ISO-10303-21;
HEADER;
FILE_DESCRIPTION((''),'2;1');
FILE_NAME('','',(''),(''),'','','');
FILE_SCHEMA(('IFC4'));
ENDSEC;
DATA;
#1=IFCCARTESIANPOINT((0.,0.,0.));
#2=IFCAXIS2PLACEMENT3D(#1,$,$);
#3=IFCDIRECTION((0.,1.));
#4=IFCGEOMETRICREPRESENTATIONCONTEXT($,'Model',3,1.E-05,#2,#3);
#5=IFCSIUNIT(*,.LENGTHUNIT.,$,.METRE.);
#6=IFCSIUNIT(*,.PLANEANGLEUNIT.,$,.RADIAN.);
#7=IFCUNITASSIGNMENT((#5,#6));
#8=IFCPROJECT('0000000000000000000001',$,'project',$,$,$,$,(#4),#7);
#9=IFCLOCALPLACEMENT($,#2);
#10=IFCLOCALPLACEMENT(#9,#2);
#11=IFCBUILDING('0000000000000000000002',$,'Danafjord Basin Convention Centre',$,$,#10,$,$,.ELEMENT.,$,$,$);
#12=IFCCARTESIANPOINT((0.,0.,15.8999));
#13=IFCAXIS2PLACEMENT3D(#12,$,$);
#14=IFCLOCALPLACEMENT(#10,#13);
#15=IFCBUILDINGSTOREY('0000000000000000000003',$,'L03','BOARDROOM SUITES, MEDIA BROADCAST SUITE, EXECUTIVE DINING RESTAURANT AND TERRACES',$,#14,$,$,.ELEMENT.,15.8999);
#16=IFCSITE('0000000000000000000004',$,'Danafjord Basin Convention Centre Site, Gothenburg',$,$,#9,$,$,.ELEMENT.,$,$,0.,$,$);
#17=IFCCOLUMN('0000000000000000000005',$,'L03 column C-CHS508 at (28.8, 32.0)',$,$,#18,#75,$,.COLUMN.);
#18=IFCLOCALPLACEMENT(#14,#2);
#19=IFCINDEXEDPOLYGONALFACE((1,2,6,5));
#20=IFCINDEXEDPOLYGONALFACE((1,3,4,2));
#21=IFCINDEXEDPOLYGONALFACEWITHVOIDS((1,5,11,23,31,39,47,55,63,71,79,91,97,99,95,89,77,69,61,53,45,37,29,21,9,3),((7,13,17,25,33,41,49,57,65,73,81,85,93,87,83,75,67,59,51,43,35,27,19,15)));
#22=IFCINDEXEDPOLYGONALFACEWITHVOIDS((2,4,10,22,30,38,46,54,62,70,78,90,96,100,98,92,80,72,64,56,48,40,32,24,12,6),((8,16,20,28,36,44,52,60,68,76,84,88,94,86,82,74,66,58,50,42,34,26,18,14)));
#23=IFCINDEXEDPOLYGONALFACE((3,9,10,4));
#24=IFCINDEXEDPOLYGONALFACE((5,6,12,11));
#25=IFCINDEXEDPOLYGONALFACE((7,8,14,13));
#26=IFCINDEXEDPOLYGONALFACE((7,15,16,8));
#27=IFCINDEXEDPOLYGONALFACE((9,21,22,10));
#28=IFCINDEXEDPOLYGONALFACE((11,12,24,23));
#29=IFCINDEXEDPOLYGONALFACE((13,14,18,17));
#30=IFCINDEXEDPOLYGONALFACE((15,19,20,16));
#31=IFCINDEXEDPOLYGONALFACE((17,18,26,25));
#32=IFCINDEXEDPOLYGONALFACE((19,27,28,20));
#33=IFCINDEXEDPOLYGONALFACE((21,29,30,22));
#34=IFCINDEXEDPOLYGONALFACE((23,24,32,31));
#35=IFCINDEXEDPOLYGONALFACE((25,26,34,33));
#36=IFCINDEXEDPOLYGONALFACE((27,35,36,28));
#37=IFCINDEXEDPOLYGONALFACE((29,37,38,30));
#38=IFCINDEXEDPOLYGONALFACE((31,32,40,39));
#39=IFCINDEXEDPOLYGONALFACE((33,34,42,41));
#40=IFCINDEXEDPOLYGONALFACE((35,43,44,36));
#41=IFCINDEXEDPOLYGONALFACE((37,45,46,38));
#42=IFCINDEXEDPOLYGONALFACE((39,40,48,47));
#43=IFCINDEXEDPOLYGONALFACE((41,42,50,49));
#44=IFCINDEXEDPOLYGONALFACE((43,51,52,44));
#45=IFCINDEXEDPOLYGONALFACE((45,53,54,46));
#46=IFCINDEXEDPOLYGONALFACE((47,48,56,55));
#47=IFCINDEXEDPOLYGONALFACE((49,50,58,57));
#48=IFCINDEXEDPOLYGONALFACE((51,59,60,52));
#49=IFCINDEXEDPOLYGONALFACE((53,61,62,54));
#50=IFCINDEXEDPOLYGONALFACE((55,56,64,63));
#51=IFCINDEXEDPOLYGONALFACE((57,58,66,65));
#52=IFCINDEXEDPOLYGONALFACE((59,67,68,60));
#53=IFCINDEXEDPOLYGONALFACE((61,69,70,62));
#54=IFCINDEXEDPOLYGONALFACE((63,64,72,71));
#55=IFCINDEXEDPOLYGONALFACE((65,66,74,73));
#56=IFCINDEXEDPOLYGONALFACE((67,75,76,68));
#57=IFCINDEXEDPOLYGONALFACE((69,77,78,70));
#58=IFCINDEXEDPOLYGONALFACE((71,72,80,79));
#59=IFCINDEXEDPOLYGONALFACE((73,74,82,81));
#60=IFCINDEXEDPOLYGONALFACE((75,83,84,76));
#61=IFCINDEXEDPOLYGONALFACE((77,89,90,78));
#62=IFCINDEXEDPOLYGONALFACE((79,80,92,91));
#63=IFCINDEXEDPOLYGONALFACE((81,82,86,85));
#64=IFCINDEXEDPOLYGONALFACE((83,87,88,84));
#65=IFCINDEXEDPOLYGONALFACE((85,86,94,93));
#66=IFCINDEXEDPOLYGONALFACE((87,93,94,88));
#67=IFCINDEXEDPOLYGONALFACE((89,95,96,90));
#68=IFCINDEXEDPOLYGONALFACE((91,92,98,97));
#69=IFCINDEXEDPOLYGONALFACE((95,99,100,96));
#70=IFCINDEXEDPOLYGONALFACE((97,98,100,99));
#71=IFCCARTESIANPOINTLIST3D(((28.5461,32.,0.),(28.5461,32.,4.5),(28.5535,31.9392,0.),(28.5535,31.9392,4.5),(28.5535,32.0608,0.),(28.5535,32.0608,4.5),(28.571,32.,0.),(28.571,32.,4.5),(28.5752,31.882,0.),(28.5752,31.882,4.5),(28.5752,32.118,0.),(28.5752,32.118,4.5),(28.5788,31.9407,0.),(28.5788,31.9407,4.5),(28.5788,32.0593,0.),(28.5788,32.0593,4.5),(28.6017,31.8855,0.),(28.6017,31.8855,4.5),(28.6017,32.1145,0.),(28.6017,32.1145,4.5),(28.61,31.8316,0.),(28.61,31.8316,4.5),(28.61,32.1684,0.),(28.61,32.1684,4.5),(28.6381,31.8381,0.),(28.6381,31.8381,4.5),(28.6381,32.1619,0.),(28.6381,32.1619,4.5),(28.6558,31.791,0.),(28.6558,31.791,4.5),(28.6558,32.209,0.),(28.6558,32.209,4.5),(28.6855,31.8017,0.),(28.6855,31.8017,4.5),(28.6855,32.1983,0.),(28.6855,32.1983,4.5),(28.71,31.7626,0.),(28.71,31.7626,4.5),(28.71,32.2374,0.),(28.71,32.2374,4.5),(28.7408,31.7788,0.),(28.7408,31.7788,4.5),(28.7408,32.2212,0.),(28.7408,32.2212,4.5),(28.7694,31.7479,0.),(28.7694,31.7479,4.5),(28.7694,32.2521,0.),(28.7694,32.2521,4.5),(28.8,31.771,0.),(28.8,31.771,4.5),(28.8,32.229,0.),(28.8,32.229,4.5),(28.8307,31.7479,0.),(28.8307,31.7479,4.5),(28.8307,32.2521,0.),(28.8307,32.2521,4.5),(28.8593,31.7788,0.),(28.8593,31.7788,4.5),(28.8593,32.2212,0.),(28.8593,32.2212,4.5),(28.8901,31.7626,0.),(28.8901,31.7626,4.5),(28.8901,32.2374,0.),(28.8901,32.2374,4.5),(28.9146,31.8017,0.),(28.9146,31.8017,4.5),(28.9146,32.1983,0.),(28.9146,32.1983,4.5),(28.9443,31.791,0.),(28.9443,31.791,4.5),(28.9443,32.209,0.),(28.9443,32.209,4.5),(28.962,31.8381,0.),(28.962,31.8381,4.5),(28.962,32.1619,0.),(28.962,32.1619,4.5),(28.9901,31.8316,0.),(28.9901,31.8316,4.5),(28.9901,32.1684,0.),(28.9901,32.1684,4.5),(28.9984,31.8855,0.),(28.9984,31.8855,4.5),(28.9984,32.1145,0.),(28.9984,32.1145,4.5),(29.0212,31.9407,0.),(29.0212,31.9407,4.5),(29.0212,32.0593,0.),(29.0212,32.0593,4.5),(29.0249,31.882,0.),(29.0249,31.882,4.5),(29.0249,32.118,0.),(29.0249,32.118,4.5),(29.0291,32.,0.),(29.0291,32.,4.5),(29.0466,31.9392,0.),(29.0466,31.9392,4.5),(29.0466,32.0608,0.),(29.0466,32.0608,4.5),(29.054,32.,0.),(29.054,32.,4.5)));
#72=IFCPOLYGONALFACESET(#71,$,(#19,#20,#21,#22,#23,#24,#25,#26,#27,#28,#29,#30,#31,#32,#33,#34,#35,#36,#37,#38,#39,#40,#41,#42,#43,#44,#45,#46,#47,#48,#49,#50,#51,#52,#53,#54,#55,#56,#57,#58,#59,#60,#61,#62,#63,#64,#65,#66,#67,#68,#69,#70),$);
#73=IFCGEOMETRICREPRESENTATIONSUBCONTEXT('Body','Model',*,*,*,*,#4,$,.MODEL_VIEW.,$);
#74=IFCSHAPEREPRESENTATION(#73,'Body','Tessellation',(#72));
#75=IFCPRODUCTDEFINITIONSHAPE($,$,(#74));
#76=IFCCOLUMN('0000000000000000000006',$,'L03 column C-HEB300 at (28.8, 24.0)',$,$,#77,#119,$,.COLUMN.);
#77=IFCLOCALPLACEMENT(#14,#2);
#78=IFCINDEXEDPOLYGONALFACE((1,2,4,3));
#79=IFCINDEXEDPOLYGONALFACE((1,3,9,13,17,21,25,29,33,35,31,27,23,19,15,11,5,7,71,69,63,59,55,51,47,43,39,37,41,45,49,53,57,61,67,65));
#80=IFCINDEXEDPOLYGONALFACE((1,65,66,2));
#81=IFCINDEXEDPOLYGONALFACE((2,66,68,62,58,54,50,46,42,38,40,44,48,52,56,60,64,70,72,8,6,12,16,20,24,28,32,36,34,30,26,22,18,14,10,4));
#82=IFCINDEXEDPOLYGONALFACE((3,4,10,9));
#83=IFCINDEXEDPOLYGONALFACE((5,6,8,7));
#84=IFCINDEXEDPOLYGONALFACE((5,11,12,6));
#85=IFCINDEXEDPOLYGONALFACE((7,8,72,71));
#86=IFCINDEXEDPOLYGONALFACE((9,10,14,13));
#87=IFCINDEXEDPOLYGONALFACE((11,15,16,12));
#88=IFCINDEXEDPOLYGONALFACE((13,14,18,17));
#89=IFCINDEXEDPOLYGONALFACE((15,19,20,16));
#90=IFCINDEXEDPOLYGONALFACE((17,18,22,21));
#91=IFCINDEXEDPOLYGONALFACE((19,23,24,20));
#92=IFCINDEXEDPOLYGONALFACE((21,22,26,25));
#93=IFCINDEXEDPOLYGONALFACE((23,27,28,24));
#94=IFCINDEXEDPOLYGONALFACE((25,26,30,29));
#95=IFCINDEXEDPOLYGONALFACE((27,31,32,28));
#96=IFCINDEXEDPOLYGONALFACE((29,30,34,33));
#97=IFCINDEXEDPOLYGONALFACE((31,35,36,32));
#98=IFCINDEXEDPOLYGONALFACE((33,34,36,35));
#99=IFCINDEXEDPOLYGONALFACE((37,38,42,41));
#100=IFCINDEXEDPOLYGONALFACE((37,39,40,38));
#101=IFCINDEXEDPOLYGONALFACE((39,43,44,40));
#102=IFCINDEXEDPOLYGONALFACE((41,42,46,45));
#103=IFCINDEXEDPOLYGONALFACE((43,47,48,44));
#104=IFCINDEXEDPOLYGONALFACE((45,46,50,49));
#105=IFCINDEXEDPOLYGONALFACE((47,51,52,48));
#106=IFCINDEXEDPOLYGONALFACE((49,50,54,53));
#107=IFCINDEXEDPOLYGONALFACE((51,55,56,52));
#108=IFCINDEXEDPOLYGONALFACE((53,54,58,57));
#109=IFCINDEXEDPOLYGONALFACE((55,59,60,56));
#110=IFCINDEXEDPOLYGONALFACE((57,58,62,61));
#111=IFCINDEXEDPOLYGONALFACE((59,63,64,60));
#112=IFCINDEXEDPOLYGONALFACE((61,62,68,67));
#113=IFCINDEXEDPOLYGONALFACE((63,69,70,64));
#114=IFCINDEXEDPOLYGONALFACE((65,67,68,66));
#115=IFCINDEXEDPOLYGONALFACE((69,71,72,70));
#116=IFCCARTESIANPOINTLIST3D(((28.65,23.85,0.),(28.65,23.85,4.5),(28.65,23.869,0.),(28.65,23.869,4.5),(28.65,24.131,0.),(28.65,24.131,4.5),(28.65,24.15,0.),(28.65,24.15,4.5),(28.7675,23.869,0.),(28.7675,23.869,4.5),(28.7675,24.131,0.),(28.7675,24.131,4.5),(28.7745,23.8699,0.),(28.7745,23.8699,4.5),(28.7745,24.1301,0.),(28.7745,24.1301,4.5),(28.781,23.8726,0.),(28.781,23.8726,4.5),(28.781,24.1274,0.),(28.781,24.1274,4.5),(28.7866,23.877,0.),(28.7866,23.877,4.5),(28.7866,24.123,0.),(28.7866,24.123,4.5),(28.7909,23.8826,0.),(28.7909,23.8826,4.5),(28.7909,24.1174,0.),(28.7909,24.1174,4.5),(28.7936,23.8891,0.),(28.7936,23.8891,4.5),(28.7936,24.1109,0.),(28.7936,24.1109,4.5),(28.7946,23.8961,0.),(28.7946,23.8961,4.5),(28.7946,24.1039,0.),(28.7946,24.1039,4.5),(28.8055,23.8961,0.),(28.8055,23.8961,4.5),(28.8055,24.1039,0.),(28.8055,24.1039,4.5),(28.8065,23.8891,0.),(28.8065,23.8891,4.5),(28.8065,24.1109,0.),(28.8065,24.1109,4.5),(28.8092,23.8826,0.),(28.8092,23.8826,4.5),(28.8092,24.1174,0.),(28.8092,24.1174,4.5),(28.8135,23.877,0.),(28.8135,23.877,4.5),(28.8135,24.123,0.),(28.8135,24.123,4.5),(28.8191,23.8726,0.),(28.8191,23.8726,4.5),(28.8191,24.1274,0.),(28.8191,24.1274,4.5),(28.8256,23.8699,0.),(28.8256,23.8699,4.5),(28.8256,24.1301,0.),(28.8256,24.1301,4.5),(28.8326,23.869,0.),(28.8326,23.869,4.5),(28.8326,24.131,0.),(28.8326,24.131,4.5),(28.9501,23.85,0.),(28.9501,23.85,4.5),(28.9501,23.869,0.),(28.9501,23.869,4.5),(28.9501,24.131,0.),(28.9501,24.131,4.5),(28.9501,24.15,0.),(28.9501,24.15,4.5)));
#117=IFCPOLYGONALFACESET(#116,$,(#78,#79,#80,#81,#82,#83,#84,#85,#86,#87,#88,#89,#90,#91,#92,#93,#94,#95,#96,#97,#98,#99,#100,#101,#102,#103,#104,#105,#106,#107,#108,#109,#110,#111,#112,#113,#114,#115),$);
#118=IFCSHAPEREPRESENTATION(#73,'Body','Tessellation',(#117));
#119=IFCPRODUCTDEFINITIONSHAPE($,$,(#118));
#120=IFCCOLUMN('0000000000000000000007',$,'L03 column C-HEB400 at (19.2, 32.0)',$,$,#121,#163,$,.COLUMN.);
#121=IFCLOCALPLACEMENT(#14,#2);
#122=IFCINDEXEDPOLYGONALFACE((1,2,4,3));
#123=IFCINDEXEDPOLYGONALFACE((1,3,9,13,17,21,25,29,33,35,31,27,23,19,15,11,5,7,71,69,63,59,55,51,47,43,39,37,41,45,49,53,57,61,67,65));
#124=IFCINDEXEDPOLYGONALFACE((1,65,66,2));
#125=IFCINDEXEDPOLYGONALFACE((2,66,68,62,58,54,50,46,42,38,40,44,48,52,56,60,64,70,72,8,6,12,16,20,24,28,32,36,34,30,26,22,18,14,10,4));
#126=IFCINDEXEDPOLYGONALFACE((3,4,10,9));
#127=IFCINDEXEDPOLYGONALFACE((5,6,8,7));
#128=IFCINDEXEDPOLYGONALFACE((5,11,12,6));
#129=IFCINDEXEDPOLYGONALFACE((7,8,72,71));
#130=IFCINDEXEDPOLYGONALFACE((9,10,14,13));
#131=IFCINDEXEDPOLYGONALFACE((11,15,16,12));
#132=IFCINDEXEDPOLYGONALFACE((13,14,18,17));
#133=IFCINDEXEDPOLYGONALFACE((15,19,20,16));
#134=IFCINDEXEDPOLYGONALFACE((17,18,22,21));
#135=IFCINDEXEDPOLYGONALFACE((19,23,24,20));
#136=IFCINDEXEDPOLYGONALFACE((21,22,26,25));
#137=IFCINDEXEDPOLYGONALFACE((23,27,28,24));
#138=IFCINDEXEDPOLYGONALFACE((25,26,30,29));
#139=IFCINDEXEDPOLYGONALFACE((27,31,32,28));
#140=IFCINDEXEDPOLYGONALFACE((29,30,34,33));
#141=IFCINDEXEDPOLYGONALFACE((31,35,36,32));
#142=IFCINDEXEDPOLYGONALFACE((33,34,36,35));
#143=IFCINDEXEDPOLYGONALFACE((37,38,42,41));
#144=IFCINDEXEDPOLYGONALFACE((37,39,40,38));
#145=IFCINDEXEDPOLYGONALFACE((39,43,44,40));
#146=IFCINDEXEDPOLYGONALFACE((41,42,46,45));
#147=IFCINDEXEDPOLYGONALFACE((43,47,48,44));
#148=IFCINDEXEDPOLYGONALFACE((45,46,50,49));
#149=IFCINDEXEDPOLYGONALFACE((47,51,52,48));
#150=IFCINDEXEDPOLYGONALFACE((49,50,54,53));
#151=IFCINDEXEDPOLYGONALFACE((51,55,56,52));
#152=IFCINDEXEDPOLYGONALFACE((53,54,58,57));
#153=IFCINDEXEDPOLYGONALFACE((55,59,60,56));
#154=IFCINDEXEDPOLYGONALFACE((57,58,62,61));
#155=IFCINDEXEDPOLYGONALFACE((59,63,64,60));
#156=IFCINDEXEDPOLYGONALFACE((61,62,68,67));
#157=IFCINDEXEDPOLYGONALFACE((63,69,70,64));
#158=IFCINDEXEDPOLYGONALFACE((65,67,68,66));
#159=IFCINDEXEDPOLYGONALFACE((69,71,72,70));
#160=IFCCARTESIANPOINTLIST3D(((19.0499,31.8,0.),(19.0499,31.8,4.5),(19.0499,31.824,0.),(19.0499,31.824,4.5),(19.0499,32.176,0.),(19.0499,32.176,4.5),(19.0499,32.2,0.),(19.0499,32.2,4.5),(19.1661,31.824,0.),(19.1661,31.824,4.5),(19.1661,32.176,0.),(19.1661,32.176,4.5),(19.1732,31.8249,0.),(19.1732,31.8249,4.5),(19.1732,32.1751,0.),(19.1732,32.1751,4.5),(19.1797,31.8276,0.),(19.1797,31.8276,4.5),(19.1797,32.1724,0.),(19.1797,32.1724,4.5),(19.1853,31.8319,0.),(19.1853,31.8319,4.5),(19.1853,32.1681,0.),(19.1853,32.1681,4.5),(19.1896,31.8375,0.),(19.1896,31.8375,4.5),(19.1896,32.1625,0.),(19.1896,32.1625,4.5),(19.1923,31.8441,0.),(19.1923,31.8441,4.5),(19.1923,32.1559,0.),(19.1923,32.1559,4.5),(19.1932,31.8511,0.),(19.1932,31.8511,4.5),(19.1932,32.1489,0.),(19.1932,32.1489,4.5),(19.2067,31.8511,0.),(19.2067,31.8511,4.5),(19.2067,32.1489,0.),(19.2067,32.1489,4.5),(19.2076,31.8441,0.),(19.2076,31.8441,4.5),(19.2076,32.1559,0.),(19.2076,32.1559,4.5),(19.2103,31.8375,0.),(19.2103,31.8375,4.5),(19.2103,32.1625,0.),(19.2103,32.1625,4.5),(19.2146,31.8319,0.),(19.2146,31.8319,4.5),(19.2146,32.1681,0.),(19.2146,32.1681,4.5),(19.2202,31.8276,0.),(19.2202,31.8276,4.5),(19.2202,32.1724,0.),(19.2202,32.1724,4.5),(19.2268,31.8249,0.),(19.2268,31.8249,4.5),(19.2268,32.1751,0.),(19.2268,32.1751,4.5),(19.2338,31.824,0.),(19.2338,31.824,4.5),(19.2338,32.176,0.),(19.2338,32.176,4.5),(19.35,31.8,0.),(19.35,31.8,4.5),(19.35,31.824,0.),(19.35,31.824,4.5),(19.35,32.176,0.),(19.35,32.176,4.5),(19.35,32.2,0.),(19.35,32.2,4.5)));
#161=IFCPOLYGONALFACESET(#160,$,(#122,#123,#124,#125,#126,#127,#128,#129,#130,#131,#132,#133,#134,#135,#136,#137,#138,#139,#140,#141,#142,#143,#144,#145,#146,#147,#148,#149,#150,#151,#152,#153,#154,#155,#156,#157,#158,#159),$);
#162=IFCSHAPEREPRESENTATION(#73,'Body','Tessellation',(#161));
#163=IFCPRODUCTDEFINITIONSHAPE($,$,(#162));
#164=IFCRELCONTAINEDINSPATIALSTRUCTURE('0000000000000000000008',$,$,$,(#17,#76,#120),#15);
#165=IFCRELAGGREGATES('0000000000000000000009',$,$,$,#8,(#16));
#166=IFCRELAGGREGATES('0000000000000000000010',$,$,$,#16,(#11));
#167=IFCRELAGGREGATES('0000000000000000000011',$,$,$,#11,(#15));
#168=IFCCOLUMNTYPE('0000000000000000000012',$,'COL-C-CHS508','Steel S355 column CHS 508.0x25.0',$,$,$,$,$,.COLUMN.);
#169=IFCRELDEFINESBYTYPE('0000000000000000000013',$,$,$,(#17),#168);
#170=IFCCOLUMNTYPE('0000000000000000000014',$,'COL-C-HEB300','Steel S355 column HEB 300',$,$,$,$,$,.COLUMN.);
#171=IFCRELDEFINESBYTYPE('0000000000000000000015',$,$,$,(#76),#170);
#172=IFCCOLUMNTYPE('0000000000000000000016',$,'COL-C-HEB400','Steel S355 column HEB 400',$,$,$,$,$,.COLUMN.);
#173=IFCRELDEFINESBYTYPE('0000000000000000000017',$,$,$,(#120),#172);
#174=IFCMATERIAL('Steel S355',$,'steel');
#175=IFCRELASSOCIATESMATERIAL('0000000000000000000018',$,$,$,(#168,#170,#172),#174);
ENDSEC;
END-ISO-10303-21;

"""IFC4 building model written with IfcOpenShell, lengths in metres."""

from ifc_helpers import new_model, si_unit, direction, frame, origin, origin_2d, place, context, subcontext, project, spatial, hollow_circle, i_section, extrude, material, material_profile, profile_set, type_object, element, save


model = new_model("IFC4")

# Units and contexts
model_context = context("Model", 3, precision=1e-05, world=origin(), true_north=direction((0.0, 1.0)))
body_context = subcontext(model_context, "Body", "Model", "MODEL_VIEW")
ifc_project = project(units=[si_unit("LENGTHUNIT", "METRE"), si_unit("PLANEANGLEUNIT", "RADIAN")], contexts=[model_context])

# Site, building, storey
site_placement = place(None, origin())
site = spatial("IfcSite", under=ifc_project, at=site_placement, Name="Danafjord Basin Convention Centre Site, Gothenburg", CompositionType="ELEMENT", RefElevation=0.0)
building_placement = place(site_placement, origin())
building = spatial("IfcBuilding", under=site, at=building_placement, Name="Danafjord Basin Convention Centre", CompositionType="ELEMENT")
storey_placement = place(building_placement, frame((0.0, 0.0, 15.8999)))
storey = spatial("IfcBuildingStorey", under=building, at=storey_placement, Name="L03", Description="BOARDROOM SUITES, MEDIA BROADCAST SUITE, EXECUTIVE DINING RESTAURANT AND TERRACES", CompositionType="ELEMENT", Elevation=15.8999)

# Columns
ifc_material_1 = material(Name="Steel S355", Category="steel")
ifc_material_profile_1 = material_profile(ifc_material_1, hollow_circle(Radius=0.2539, WallThickness=0.0249, at=origin_2d()), Name="CHS 508.0x25.0")
ifc_profile_set_1 = profile_set([ifc_material_profile_1], Name="Steel S355")
column_type_1 = type_object("IfcColumnType", Name="COL-C-CHS508", Description="Steel S355 column CHS 508.0x25.0", PredefinedType="COLUMN", material=ifc_profile_set_1)
column_1_placement = place(storey_placement, frame((28.8, 32.0, 0.0), z_axis=(0.0, 0.0, 1.0), x_axis=(1.0, 0.0, 0.0)))
element("IfcColumn", 1, at=column_1_placement, inside=storey, type_object=column_type_1, Name="L03 column C-CHS508 at (28.8, 32.0)", PredefinedType="COLUMN", context=body_context, shape_type="SweptSolid", body=[
    extrude(hollow_circle(Radius=0.2539, WallThickness=0.0249, at=origin_2d()), origin(), (0.0, 0.0, 1.0), 4.5),
])
ifc_material_profile_2 = material_profile(ifc_material_1, i_section(OverallWidth=0.3, OverallDepth=0.3, WebThickness=0.011, FlangeThickness=0.019, FilletRadius=0.0271, at=origin_2d()), Name="HEB 300")
ifc_profile_set_2 = profile_set([ifc_material_profile_2], Name="Steel S355")
column_type_2 = type_object("IfcColumnType", Name="COL-C-HEB300", Description="Steel S355 column HEB 300", PredefinedType="COLUMN", material=ifc_profile_set_2)
column_2_placement = place(storey_placement, frame((28.8, 24.0, 0.0), z_axis=(0.0, 0.0, 1.0), x_axis=(1.0, 0.0, 0.0)))
element("IfcColumn", 2, at=column_2_placement, inside=storey, type_object=column_type_2, Name="L03 column C-HEB300 at (28.8, 24.0)", PredefinedType="COLUMN", context=body_context, shape_type="SweptSolid", body=[
    extrude(i_section(OverallWidth=0.3, OverallDepth=0.3, WebThickness=0.011, FlangeThickness=0.019, FilletRadius=0.0271, at=origin_2d()), origin(), (0.0, 0.0, 1.0), 4.5),
])
ifc_material_profile_3 = material_profile(ifc_material_1, i_section(OverallWidth=0.3, OverallDepth=0.3999, WebThickness=0.0134, FlangeThickness=0.0239, FilletRadius=0.0271, at=origin_2d()), Name="HEB 400")
ifc_profile_set_3 = profile_set([ifc_material_profile_3], Name="Steel S355")
column_type_3 = type_object("IfcColumnType", Name="COL-C-HEB400", Description="Steel S355 column HEB 400", PredefinedType="COLUMN", material=ifc_profile_set_3)
column_3_placement = place(storey_placement, frame((19.2, 32.0, 0.0), z_axis=(0.0, 0.0, 1.0), x_axis=(1.0, 0.0, 0.0)))
element("IfcColumn", 3, at=column_3_placement, inside=storey, type_object=column_type_3, Name="L03 column C-HEB400 at (19.2, 32.0)", PredefinedType="COLUMN", context=body_context, shape_type="SweptSolid", body=[
    extrude(i_section(OverallWidth=0.3, OverallDepth=0.3999, WebThickness=0.0134, FlangeThickness=0.0239, FilletRadius=0.0271, at=origin_2d()), origin(), (0.0, 0.0, 1.0), 4.5),
])

save(model, "model.ifc")
